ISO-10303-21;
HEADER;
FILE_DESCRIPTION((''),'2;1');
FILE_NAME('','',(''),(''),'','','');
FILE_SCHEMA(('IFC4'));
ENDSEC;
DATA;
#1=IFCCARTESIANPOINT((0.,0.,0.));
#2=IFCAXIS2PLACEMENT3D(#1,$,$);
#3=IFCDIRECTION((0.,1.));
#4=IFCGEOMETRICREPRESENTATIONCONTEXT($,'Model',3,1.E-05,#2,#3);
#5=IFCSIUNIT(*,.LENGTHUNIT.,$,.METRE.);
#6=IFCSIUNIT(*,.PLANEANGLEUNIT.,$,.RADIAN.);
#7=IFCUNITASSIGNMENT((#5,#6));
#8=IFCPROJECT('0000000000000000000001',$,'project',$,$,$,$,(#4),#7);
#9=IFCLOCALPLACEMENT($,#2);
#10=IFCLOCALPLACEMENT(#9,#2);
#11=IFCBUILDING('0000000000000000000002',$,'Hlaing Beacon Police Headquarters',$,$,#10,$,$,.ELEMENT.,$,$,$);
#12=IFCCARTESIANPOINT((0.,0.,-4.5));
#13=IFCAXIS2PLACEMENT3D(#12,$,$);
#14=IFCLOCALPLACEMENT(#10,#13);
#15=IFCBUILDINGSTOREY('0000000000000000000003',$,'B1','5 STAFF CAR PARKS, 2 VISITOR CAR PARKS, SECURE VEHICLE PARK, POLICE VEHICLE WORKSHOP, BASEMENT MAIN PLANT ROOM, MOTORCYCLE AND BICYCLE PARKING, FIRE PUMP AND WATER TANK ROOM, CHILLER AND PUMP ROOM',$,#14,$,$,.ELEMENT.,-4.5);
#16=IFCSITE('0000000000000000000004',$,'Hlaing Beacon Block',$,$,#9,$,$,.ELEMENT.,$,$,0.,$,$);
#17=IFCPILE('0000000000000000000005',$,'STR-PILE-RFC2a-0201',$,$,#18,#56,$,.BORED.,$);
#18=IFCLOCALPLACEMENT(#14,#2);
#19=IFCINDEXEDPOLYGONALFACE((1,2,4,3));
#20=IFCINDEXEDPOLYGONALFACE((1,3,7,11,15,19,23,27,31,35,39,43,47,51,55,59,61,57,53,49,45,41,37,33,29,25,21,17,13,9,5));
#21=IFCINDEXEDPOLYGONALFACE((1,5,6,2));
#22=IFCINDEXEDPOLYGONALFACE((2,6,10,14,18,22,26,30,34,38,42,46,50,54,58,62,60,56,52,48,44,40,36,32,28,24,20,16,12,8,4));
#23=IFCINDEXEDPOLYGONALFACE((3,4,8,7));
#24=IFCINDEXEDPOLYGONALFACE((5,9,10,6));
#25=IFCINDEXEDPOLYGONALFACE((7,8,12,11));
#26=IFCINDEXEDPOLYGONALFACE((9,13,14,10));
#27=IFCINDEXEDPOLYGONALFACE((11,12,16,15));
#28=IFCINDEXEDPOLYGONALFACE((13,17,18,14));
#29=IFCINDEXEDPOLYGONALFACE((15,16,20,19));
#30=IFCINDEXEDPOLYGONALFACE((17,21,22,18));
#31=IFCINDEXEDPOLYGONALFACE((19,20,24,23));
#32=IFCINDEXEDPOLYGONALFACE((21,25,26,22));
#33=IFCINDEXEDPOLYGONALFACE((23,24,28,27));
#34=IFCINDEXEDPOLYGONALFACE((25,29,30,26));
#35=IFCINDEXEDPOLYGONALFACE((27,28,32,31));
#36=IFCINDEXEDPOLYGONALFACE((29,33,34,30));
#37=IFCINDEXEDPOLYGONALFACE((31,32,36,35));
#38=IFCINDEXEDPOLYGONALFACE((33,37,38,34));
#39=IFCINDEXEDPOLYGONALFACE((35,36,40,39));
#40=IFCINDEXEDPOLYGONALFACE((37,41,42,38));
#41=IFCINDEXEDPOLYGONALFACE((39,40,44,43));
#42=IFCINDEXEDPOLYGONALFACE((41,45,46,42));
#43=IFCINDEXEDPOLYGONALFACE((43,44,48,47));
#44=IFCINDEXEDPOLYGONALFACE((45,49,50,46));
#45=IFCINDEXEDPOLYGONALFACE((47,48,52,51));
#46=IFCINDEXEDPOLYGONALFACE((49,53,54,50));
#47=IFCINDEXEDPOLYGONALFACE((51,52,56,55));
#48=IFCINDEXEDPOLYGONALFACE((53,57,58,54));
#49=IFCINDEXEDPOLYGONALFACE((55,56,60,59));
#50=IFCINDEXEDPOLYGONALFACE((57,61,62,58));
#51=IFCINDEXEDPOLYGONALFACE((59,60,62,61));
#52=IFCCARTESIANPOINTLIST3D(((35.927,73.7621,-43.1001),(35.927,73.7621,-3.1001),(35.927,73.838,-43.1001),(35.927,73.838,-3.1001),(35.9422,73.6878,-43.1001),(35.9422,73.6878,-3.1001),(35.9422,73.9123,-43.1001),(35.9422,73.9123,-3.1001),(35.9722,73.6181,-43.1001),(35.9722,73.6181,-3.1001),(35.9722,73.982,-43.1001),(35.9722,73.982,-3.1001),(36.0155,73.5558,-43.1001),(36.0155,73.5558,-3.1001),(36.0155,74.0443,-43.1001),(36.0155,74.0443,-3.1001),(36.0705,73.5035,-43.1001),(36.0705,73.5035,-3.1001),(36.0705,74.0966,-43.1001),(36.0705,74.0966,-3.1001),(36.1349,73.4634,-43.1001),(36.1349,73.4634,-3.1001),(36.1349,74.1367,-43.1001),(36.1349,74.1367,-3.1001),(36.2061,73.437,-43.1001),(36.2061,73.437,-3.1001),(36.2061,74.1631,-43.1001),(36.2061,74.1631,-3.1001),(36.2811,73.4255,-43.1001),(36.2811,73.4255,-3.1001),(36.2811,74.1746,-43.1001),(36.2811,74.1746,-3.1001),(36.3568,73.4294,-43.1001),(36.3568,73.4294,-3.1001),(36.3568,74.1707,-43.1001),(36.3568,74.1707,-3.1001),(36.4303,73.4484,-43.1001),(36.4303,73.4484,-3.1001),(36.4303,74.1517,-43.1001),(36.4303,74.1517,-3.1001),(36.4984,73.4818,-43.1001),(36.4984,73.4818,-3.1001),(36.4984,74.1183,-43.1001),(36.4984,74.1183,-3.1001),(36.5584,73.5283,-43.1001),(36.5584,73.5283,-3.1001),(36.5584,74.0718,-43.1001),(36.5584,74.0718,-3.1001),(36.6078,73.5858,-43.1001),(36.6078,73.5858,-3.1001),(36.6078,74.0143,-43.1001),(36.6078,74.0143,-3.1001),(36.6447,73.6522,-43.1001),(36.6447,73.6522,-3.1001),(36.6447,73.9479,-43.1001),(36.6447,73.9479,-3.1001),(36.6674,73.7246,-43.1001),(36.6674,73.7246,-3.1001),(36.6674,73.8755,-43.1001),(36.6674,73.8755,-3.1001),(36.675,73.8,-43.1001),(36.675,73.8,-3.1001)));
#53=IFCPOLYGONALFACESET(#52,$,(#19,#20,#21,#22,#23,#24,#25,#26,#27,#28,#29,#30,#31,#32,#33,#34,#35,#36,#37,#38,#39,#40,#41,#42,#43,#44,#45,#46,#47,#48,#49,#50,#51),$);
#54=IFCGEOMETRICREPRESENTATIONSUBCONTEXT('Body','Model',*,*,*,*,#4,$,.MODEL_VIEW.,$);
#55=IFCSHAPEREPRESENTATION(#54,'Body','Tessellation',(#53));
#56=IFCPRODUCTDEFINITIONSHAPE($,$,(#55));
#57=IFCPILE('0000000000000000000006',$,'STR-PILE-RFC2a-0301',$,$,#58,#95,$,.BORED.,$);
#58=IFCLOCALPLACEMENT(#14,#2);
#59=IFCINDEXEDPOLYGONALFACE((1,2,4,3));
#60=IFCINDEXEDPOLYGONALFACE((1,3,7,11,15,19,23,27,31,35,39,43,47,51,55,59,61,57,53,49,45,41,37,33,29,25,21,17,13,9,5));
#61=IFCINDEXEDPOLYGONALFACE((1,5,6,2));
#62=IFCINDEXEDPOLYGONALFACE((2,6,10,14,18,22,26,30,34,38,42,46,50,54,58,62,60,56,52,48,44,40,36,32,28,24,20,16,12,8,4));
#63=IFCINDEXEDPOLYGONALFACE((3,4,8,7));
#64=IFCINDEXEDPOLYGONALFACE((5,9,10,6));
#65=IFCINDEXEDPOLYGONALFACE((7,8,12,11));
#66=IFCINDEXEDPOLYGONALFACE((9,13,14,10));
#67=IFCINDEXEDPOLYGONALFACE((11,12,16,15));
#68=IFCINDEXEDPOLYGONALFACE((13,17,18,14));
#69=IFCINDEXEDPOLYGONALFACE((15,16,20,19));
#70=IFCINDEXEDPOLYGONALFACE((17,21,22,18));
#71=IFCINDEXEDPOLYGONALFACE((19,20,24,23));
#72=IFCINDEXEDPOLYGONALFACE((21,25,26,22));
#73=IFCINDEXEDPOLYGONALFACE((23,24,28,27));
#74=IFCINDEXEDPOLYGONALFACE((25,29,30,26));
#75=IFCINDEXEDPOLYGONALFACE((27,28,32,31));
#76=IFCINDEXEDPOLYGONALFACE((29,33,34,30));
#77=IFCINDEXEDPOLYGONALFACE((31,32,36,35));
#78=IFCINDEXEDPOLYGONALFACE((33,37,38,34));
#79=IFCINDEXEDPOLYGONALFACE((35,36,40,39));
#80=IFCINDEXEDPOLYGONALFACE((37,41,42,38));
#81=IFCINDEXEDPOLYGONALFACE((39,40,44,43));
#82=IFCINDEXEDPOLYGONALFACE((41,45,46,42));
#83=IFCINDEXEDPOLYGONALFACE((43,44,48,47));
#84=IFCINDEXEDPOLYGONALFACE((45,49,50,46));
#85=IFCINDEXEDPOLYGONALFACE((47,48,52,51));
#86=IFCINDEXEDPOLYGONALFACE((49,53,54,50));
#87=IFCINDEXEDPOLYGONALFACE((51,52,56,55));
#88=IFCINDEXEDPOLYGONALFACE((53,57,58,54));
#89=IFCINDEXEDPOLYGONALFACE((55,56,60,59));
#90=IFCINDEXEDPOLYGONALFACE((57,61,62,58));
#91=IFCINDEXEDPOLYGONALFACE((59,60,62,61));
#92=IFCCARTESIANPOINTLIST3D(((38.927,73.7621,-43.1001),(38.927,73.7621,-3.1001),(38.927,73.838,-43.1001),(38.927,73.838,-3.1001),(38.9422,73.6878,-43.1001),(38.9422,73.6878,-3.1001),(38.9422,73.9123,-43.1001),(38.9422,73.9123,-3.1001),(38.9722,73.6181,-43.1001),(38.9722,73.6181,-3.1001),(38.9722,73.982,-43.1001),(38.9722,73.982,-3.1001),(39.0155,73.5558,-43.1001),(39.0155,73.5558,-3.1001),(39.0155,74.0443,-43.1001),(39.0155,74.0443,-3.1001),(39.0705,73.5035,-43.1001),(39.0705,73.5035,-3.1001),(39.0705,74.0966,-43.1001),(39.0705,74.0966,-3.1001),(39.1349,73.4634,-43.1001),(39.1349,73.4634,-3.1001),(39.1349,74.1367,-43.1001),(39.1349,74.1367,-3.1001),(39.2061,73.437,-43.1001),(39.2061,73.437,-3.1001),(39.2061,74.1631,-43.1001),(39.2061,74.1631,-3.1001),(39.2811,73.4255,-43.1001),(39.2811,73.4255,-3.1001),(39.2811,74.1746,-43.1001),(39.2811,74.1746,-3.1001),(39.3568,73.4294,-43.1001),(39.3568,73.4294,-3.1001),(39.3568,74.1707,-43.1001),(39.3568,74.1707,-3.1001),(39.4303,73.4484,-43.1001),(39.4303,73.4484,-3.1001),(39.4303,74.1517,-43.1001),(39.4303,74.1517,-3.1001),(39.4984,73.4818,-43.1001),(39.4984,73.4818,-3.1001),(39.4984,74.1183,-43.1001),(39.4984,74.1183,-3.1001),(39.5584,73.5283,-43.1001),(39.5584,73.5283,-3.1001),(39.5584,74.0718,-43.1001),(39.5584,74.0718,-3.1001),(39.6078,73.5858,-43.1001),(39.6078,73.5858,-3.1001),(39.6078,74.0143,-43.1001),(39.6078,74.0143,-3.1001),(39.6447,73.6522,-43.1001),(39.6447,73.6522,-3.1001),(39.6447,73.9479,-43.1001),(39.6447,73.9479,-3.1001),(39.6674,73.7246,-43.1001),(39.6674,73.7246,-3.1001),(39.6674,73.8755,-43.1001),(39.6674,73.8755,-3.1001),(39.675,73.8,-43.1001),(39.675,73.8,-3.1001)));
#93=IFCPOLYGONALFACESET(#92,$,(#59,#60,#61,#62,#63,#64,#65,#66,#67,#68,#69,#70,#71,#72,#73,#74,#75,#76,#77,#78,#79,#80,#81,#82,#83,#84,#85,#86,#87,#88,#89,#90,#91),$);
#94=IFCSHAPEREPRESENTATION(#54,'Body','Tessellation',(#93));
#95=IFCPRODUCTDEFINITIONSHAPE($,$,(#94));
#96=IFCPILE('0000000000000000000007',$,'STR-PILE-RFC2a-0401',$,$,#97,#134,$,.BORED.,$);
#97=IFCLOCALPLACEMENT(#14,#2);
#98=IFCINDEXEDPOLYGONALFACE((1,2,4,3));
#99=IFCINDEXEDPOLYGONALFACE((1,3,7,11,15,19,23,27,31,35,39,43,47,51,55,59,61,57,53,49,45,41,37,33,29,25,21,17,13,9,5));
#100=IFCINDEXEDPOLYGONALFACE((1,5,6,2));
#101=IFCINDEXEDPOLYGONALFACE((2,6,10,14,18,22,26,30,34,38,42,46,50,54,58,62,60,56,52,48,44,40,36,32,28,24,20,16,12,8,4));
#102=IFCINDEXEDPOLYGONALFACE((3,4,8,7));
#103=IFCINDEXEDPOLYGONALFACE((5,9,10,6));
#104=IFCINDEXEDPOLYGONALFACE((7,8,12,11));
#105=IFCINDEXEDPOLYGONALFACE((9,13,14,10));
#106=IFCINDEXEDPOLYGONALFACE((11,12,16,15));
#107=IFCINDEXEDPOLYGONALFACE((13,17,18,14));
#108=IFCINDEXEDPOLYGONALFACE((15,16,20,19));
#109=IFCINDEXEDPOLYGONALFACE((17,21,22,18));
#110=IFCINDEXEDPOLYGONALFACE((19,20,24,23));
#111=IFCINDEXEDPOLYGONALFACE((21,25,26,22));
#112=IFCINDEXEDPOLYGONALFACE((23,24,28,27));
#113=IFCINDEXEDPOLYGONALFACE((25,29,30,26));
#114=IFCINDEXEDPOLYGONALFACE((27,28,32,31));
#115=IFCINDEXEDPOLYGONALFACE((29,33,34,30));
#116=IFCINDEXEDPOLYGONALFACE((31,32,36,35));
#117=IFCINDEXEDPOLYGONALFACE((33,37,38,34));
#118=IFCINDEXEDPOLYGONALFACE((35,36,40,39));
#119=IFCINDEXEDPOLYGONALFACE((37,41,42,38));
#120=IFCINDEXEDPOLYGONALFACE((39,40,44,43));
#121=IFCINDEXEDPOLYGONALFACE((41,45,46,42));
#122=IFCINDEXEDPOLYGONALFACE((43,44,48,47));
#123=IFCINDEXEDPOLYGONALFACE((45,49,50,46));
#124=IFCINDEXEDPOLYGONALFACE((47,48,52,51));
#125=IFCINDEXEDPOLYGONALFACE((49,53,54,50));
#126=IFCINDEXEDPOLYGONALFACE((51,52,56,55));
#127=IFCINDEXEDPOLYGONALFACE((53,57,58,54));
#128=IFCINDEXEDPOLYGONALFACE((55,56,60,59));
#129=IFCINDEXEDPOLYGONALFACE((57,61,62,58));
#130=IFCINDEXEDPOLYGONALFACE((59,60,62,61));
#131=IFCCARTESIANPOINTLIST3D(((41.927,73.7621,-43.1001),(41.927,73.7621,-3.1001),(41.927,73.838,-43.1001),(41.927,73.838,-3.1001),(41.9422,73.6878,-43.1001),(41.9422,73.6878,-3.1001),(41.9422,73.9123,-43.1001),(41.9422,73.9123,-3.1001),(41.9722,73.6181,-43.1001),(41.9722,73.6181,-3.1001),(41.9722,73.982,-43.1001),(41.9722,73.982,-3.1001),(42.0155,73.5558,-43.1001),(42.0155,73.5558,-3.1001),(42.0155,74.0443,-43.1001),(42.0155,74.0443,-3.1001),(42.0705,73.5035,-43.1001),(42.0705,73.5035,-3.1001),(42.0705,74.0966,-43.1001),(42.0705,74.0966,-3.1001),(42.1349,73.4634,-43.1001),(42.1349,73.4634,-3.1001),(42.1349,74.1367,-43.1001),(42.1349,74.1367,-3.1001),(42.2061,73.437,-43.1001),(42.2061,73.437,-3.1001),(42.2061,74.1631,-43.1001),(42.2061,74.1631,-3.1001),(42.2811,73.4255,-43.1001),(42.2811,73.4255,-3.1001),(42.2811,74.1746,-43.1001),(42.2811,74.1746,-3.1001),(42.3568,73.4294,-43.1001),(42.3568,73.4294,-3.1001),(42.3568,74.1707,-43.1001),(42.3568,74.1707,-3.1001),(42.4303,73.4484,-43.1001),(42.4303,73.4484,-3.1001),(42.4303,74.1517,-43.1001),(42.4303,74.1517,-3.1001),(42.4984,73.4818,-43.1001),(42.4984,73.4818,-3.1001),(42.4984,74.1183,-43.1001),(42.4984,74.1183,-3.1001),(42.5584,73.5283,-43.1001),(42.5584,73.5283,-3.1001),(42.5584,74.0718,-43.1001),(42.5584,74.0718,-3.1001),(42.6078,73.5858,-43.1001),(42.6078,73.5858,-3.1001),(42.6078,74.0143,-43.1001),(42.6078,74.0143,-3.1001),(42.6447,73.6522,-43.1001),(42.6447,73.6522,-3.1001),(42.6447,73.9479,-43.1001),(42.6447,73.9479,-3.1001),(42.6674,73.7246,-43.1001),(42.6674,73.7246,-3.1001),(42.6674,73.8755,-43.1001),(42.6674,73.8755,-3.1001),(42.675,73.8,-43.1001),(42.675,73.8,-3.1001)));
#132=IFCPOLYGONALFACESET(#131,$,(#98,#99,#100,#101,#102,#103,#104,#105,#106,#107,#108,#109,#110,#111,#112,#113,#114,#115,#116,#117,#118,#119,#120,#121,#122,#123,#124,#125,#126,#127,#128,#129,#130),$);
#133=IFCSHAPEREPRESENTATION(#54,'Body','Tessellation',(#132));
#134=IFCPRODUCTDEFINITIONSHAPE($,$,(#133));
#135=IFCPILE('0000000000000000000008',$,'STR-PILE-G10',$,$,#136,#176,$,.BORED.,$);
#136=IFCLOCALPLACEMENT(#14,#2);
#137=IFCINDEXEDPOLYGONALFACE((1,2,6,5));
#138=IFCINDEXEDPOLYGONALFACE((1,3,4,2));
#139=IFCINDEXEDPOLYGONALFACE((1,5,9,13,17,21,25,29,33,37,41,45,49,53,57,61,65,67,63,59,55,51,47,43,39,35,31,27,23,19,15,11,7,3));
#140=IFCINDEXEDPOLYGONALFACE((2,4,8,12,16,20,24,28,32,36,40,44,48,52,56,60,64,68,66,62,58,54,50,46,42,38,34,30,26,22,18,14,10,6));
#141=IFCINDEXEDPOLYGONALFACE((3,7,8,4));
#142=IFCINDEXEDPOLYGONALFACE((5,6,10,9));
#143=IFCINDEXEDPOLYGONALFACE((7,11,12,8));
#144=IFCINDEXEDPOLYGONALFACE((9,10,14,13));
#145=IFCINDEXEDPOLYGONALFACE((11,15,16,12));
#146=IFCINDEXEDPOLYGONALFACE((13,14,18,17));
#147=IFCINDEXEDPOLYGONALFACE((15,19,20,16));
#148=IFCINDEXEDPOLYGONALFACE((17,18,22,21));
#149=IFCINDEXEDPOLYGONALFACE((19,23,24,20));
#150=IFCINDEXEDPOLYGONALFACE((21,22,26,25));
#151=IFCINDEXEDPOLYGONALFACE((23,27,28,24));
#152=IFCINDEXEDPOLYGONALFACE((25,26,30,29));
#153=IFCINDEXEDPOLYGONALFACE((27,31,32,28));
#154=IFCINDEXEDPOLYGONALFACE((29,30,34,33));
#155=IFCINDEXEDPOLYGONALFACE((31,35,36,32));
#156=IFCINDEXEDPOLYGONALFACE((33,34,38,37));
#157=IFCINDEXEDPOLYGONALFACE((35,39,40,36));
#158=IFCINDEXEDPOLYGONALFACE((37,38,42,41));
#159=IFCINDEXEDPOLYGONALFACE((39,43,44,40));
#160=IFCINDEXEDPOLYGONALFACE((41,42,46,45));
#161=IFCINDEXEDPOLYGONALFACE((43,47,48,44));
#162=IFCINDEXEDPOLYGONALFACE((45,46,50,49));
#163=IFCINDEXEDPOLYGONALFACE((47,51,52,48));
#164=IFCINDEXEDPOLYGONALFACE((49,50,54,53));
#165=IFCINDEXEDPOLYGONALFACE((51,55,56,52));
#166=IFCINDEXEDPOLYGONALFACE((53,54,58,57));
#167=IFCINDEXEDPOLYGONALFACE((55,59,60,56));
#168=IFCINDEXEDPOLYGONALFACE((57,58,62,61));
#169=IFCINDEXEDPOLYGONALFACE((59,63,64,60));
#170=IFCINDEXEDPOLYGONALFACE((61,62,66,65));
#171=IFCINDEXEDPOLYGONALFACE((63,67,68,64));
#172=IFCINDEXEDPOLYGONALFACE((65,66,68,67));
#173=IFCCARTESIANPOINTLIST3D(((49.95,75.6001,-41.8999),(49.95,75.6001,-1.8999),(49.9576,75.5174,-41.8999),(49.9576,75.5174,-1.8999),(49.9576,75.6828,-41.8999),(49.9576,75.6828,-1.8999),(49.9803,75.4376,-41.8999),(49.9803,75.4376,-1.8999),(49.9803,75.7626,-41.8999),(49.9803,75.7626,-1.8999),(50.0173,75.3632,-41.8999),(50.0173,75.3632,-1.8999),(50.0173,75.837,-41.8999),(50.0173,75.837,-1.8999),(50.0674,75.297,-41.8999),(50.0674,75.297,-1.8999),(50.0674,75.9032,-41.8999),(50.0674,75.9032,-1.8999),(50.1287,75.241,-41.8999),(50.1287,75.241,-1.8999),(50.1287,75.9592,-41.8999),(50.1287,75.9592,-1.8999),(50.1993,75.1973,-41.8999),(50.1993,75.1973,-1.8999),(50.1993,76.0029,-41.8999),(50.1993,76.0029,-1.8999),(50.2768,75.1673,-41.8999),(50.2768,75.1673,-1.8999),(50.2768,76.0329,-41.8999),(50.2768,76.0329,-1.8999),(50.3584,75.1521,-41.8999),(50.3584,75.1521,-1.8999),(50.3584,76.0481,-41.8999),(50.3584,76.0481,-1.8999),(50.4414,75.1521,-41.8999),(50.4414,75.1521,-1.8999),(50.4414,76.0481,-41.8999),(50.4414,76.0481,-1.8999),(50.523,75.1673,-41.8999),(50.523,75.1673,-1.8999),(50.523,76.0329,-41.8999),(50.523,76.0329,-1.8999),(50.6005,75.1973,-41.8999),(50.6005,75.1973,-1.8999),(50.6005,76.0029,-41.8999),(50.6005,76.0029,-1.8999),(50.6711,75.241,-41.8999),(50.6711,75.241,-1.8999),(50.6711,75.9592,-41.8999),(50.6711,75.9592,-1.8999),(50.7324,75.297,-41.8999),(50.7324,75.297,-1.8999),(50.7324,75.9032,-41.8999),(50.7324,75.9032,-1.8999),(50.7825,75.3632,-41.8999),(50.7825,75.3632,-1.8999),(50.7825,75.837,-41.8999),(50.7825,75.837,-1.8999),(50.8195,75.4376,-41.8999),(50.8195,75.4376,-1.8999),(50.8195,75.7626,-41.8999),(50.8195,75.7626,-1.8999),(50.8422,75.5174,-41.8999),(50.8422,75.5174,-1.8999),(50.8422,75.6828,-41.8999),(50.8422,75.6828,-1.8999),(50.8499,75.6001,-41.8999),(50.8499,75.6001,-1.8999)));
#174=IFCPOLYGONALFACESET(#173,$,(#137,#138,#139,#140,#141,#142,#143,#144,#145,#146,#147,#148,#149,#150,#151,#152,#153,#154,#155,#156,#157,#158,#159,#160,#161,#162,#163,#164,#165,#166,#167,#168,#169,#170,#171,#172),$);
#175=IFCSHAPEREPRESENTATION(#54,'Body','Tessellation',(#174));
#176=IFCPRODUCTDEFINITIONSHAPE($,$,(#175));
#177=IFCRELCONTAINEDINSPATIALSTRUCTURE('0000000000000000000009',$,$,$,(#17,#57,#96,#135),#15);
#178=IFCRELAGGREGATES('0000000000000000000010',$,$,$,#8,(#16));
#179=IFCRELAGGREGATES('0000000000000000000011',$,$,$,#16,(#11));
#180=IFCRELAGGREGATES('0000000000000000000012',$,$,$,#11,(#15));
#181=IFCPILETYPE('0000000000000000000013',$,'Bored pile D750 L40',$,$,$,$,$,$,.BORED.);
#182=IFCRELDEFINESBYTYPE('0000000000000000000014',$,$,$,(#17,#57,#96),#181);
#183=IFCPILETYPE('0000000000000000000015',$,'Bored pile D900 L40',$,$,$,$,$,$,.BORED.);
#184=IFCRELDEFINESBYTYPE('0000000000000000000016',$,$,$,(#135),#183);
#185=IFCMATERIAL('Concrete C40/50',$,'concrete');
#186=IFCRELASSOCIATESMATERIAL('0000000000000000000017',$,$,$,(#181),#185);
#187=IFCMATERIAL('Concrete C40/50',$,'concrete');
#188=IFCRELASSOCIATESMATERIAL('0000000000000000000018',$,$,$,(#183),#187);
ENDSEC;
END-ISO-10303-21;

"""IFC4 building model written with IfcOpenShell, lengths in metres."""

from ifc_helpers import new_model, si_unit, direction, frame, origin, origin_2d, place, context, subcontext, project, spatial, circle, extrude, material, material_profile, profile_set, type_object, element, save


model = new_model("IFC4")

# Units and contexts
model_context = context("Model", 3, precision=1e-05, world=origin(), true_north=direction((0.0, 1.0)))
body_context = subcontext(model_context, "Body", "Model", "MODEL_VIEW")
ifc_project = project(units=[si_unit("LENGTHUNIT", "METRE"), si_unit("PLANEANGLEUNIT", "RADIAN")], contexts=[model_context])

# Site, building, storey
site_placement = place(None, origin())
site = spatial("IfcSite", under=ifc_project, at=site_placement, Name="Hlaing Beacon Block", CompositionType="ELEMENT", RefElevation=0.0)
building_placement = place(site_placement, origin())
building = spatial("IfcBuilding", under=site, at=building_placement, Name="Hlaing Beacon Police Headquarters", CompositionType="ELEMENT")
storey_placement = place(building_placement, frame((0.0, 0.0, -4.5)))
storey = spatial("IfcBuildingStorey", under=building, at=storey_placement, Name="B1", Description="5 STAFF CAR PARKS, 2 VISITOR CAR PARKS, SECURE VEHICLE PARK, POLICE VEHICLE WORKSHOP, BASEMENT MAIN PLANT ROOM, MOTORCYCLE AND BICYCLE PARKING, FIRE PUMP AND WATER TANK ROOM, CHILLER AND PUMP ROOM", CompositionType="ELEMENT", Elevation=-4.5)

# Piles
ifc_material_1 = material(Name="Concrete C40/50", Category="concrete")
ifc_material_profile_1 = material_profile(ifc_material_1, circle(Radius=0.375, at=origin_2d()), Name="D750")
ifc_profile_set_1 = profile_set([ifc_material_profile_1], Name="Concrete C40/50")
pile_type_1 = type_object("IfcPileType", Name="Bored pile D750 L40", PredefinedType="BORED", material=ifc_profile_set_1)
for number, where, z_axis, x_axis, name in (
    (1, (36.3, 73.8, -3.1001), (0.0, 0.0, -1.0), (1.0, 0.0, 0.0), "STR-PILE-RFC2a-0201"),
    (2, (39.3, 73.8, -3.1001), (0.0, 0.0, -1.0), (1.0, 0.0, 0.0), "STR-PILE-RFC2a-0301"),
    (3, (42.3, 73.8, -3.1001), (0.0, 0.0, -1.0), (1.0, 0.0, 0.0), "STR-PILE-RFC2a-0401"),
):
    element("IfcPile", number, at=place(storey_placement, frame(where, z_axis=z_axis, x_axis=x_axis)), inside=storey, type_object=pile_type_1, Name=name, PredefinedType="BORED", context=body_context, shape_type="SweptSolid", body=[
        extrude(circle(Radius=0.375, at=origin_2d()), origin(), (0.0, 0.0, 1.0), 40.0),
    ])
ifc_material_2 = material(Name="Concrete C40/50", Category="concrete")
ifc_material_profile_2 = material_profile(ifc_material_2, circle(Radius=0.45, at=origin_2d()), Name="D900")
ifc_profile_set_2 = profile_set([ifc_material_profile_2], Name="Concrete C40/50")
pile_type_2 = type_object("IfcPileType", Name="Bored pile D900 L40", PredefinedType="BORED", material=ifc_profile_set_2)
for number, where, z_axis, x_axis, name in (
    (4, (50.3999, 75.6001, -1.8999), (0.0, 0.0, -1.0), (1.0, 0.0, 0.0), "STR-PILE-G10"),
):
    element("IfcPile", number, at=place(storey_placement, frame(where, z_axis=z_axis, x_axis=x_axis)), inside=storey, type_object=pile_type_2, Name=name, PredefinedType="BORED", context=body_context, shape_type="SweptSolid", body=[
        extrude(circle(Radius=0.45, at=origin_2d()), origin(), (0.0, 0.0, 1.0), 40.0),
    ])

save(model, "model.ifc")
